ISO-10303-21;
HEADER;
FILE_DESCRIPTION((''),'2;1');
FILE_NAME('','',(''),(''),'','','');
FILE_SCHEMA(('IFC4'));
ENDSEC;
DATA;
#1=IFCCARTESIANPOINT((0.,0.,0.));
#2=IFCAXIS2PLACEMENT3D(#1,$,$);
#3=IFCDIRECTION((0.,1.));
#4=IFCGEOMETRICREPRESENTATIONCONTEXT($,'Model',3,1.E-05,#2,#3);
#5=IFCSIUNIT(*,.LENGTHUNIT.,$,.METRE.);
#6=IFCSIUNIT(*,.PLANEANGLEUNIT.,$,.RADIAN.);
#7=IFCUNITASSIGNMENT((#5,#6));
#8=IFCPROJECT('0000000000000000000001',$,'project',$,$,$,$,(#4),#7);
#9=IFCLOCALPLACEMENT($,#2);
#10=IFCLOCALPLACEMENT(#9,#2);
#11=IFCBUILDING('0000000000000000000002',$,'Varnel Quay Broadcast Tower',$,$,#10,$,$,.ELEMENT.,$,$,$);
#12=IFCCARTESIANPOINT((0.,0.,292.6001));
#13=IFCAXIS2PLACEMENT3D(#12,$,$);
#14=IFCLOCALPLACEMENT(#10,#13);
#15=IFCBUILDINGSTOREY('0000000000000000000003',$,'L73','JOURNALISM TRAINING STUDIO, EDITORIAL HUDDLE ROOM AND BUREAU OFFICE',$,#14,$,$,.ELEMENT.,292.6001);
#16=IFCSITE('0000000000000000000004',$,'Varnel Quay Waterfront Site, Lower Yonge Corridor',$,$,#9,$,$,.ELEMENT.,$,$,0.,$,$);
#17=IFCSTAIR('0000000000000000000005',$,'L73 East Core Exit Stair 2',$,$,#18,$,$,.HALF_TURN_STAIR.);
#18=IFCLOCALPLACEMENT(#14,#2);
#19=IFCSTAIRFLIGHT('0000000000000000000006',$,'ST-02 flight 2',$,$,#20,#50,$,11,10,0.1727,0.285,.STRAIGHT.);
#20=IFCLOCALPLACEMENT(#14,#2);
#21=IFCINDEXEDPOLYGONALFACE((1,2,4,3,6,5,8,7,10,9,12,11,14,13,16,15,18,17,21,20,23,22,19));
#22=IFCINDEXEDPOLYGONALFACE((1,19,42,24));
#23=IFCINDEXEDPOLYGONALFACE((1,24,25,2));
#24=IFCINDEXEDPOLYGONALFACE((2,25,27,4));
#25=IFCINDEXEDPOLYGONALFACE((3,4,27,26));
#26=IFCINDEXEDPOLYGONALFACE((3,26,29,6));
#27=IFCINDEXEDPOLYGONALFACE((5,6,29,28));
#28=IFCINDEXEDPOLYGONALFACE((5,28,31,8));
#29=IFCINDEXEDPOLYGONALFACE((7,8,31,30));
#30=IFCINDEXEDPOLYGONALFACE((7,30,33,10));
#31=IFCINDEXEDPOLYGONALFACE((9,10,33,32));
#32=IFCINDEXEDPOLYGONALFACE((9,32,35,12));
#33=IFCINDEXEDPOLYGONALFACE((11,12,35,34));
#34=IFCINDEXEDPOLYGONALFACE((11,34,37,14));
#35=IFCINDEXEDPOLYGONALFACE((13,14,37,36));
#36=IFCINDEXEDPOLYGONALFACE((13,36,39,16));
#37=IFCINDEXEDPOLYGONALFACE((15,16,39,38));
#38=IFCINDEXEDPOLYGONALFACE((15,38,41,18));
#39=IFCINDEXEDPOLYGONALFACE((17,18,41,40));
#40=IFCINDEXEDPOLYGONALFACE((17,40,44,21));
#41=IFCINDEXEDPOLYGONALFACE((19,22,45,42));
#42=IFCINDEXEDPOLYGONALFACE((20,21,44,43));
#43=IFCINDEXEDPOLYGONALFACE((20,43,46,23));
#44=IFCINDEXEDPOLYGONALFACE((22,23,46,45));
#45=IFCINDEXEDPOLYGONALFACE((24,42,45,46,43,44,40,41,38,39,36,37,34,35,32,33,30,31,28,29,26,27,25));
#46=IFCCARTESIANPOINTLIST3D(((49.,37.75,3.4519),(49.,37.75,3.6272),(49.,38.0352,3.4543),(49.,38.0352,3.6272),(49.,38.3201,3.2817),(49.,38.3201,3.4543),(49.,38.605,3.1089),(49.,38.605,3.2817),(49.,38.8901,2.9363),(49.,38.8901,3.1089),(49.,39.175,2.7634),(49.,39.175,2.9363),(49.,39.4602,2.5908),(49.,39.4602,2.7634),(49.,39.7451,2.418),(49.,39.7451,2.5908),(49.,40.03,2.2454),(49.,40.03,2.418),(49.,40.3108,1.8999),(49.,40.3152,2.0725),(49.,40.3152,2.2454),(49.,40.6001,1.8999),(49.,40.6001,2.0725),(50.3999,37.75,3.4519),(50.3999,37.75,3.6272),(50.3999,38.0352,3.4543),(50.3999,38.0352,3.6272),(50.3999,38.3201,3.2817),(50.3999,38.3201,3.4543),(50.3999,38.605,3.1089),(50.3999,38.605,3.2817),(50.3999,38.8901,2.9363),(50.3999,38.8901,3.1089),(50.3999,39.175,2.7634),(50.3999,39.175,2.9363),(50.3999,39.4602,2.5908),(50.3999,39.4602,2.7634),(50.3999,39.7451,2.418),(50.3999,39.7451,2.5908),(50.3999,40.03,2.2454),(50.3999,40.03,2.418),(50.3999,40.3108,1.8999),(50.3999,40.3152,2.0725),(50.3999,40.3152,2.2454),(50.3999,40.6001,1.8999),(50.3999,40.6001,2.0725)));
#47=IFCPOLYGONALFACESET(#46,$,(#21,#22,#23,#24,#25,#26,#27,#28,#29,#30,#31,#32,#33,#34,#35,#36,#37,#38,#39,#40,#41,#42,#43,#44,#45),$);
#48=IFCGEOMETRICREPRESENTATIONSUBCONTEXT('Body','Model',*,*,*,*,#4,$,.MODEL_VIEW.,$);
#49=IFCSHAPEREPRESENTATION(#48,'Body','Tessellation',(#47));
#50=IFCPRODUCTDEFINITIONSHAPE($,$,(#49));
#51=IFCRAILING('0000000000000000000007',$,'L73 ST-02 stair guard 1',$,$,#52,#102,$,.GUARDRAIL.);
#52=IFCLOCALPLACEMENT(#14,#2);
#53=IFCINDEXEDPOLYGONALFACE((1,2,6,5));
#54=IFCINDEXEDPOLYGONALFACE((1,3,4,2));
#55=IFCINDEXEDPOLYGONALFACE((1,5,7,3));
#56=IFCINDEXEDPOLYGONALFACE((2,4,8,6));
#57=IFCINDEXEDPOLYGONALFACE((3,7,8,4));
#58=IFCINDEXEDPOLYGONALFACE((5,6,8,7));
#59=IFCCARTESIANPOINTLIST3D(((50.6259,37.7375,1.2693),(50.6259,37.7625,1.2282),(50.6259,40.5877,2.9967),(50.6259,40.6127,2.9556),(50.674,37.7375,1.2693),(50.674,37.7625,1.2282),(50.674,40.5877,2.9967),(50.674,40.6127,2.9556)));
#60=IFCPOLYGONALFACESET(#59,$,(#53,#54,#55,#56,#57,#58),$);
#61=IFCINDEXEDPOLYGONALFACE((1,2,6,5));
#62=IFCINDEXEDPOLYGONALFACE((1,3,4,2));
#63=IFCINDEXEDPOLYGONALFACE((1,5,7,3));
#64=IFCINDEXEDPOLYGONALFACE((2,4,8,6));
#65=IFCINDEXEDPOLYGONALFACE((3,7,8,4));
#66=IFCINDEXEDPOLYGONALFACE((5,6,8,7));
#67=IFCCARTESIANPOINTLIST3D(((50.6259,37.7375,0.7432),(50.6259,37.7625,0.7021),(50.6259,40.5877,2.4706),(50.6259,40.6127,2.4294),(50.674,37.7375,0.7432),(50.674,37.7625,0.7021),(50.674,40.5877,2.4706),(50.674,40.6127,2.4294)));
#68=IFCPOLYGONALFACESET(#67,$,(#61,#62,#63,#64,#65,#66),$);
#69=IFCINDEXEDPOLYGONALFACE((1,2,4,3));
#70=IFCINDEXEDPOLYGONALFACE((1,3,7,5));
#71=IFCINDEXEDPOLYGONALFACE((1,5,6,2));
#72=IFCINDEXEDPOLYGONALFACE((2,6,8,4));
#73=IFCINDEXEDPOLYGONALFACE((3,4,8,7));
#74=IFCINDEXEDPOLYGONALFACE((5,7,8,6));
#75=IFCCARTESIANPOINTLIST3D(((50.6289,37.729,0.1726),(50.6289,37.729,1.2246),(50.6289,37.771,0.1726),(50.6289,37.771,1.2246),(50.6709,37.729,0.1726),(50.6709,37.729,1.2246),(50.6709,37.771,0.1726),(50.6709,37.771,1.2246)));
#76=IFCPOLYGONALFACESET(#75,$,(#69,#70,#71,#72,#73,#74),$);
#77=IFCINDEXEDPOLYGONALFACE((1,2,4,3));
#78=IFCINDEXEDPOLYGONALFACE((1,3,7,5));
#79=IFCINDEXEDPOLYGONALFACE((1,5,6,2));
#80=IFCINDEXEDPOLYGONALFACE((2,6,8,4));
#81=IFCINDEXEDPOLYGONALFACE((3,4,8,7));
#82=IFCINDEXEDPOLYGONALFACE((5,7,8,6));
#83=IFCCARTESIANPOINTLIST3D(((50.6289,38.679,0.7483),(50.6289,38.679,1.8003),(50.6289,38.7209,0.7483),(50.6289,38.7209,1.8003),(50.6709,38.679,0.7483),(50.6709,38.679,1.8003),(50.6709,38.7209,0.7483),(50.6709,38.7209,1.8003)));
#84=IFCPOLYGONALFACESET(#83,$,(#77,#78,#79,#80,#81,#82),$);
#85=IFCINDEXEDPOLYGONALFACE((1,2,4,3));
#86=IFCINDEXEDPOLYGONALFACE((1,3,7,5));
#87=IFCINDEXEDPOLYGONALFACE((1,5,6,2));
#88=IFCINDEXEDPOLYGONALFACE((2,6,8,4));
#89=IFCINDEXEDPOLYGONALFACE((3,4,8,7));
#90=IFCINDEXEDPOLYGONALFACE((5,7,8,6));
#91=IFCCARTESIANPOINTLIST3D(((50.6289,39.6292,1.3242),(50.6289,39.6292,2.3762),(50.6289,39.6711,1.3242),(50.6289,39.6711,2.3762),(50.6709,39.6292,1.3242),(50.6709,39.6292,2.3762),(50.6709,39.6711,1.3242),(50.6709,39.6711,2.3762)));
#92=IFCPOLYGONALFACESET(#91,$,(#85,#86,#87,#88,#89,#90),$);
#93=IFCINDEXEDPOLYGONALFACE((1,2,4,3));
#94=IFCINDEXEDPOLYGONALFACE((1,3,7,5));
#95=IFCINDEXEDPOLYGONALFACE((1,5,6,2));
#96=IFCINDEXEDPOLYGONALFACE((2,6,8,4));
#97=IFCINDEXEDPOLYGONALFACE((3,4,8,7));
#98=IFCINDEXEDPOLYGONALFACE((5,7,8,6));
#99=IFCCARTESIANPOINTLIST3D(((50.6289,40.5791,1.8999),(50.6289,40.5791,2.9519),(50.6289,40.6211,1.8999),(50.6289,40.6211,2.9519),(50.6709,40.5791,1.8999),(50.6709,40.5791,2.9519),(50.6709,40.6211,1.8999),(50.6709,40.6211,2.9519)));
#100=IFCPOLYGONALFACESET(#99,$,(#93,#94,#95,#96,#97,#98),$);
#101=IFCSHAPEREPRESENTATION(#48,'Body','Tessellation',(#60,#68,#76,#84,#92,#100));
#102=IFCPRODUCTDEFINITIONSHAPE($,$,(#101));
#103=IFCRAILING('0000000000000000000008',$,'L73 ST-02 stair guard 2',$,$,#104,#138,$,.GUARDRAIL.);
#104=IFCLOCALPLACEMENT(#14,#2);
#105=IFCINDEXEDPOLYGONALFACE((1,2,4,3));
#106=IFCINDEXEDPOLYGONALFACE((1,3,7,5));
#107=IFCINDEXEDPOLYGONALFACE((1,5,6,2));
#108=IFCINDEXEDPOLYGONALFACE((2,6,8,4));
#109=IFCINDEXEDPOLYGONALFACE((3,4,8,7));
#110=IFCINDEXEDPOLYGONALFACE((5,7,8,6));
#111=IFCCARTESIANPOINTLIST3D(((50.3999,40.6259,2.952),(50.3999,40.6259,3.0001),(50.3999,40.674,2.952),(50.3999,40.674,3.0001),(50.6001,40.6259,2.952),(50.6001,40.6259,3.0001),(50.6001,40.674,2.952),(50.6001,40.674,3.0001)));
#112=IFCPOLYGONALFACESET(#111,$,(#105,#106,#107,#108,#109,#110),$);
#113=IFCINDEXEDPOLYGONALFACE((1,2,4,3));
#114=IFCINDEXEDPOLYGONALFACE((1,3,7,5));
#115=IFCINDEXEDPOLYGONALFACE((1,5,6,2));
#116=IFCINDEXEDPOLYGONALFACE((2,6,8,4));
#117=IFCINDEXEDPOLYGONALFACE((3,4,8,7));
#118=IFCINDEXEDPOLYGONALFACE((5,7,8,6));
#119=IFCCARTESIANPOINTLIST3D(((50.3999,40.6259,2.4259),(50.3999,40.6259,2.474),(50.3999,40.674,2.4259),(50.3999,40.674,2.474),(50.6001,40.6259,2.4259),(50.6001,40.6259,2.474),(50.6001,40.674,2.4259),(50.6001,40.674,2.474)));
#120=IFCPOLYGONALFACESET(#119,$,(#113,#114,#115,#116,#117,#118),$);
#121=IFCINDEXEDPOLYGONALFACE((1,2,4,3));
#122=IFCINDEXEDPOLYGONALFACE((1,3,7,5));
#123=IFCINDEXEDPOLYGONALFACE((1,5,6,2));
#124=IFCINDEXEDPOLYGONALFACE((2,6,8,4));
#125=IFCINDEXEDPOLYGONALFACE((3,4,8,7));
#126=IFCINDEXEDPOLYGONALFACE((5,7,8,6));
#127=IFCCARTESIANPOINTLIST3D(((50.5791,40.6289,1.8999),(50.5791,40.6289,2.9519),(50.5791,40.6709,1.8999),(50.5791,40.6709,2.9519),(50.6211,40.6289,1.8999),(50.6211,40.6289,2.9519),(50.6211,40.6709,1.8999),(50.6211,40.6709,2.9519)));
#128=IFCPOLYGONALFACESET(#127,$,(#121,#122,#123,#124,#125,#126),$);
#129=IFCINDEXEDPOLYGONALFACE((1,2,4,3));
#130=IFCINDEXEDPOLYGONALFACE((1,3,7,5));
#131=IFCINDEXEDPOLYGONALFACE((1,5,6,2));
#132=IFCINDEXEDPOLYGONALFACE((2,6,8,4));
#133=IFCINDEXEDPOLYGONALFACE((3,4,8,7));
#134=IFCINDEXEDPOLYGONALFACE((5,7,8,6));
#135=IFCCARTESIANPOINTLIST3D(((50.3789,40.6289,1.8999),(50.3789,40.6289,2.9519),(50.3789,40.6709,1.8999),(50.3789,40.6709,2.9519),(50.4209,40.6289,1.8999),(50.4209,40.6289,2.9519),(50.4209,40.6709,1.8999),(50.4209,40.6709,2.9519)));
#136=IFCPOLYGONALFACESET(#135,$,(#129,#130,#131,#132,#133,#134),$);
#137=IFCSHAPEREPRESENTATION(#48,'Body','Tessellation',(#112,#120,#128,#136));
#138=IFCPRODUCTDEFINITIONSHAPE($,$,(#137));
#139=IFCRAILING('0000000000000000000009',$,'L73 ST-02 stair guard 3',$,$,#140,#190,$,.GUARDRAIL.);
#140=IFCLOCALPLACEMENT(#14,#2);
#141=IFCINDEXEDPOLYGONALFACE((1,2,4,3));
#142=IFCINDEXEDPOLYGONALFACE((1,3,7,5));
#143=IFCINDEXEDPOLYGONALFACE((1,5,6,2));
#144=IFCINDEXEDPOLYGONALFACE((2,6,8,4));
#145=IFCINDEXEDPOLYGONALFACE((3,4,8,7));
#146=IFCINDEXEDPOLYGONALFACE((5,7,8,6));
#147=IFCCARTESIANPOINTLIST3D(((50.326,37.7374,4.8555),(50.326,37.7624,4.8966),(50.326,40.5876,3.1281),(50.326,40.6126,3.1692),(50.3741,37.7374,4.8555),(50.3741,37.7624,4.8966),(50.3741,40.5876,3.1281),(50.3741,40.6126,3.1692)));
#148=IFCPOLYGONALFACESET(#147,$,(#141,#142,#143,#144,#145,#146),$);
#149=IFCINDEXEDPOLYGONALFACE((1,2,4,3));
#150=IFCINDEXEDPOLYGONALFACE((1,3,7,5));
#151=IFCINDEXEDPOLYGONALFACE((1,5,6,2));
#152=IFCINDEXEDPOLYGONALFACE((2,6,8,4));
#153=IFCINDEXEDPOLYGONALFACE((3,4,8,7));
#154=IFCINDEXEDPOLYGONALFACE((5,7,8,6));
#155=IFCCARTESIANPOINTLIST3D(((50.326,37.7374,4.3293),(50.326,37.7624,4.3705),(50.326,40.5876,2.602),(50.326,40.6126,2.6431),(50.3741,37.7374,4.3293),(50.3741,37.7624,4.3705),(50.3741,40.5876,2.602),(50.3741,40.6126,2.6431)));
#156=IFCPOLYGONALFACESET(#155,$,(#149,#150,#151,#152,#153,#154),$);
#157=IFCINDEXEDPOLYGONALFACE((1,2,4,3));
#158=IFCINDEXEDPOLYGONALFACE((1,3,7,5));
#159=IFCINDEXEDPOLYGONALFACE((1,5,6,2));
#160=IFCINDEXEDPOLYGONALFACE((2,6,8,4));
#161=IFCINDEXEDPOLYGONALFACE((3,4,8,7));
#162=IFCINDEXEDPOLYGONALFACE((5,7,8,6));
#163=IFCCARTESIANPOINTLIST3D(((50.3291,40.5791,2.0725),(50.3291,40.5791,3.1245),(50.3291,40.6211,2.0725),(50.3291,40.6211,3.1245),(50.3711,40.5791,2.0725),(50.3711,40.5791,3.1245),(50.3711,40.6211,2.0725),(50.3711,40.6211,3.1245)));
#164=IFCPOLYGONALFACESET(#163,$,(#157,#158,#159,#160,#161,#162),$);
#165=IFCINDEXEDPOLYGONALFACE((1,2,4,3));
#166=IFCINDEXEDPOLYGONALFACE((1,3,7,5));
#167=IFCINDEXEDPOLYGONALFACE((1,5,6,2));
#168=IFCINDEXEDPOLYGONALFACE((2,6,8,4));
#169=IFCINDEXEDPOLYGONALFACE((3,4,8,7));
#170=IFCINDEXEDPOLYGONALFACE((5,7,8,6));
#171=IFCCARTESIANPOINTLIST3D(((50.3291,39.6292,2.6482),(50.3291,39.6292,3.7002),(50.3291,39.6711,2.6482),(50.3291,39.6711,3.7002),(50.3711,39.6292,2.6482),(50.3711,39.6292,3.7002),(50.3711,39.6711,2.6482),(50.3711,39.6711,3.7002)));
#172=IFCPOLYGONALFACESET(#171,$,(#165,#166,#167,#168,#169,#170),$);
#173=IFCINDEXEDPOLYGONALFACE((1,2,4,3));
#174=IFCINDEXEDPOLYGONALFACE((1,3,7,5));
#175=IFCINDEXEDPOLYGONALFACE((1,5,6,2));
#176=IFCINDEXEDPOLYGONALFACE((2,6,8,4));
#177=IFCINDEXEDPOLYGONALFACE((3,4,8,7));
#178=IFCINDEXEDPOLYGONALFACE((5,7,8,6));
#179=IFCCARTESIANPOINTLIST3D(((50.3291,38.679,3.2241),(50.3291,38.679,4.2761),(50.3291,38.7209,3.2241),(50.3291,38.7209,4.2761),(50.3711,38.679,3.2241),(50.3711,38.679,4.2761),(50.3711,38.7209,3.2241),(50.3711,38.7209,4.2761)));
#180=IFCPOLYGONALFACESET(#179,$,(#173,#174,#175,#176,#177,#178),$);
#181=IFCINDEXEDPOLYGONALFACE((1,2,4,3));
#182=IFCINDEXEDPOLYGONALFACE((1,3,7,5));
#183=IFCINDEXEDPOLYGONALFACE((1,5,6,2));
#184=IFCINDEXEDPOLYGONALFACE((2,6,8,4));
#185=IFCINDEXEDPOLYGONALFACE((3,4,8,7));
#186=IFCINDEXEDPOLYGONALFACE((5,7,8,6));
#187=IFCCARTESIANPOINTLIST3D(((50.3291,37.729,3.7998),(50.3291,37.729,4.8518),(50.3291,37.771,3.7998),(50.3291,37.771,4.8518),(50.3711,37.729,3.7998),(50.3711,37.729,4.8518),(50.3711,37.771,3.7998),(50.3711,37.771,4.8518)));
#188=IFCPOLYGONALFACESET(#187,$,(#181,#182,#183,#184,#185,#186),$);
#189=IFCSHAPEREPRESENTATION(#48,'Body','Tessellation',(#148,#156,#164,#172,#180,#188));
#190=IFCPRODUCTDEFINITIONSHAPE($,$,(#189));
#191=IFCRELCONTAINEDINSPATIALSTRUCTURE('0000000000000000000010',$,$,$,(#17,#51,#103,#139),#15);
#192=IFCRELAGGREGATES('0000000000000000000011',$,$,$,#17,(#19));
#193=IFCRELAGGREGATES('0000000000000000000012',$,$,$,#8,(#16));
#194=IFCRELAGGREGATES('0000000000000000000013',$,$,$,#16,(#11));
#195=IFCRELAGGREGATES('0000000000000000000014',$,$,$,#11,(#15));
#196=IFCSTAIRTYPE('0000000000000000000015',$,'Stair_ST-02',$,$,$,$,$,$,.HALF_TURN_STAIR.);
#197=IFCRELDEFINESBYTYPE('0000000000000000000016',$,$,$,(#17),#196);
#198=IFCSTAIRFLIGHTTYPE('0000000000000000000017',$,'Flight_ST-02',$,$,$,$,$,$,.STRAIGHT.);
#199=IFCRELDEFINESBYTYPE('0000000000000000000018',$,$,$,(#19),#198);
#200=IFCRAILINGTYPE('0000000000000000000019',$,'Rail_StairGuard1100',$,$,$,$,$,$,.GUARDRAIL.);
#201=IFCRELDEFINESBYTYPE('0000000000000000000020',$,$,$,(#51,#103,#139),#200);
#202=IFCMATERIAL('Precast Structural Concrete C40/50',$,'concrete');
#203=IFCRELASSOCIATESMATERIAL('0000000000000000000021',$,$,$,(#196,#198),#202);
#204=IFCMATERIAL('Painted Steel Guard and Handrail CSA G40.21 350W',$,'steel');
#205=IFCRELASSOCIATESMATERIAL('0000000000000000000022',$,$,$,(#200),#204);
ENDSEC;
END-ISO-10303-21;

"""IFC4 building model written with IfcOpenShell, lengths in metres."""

from ifc_helpers import new_model, si_unit, direction, frame, origin, origin_2d, place, context, subcontext, project, spatial, polyline, rectangle, outline, extrude, material, type_object, element, aggregate, save


model = new_model("IFC4")

# Units and contexts
model_context = context("Model", 3, precision=1e-05, world=origin(), true_north=direction((0.0, 1.0)))
body_context = subcontext(model_context, "Body", "Model", "MODEL_VIEW")
ifc_project = project(units=[si_unit("LENGTHUNIT", "METRE"), si_unit("PLANEANGLEUNIT", "RADIAN")], contexts=[model_context])

# Site, building, storey
site_placement = place(None, origin())
site = spatial("IfcSite", under=ifc_project, at=site_placement, Name="Varnel Quay Waterfront Site, Lower Yonge Corridor", CompositionType="ELEMENT", RefElevation=0.0)
building_placement = place(site_placement, origin())
building = spatial("IfcBuilding", under=site, at=building_placement, Name="Varnel Quay Broadcast Tower", CompositionType="ELEMENT")
storey_placement = place(building_placement, frame((0.0, 0.0, 292.6001)))
storey = spatial("IfcBuildingStorey", under=building, at=storey_placement, Name="L73", Description="JOURNALISM TRAINING STUDIO, EDITORIAL HUDDLE ROOM AND BUREAU OFFICE", CompositionType="ELEMENT", Elevation=292.6001)

# Stair, stair flight
ifc_material_1 = material(Name="Precast Structural Concrete C40/50", Category="concrete")
stair_type = type_object("IfcStairType", Name="Stair_ST-02", PredefinedType="HALF_TURN_STAIR", material=ifc_material_1)
stair_placement = place(storey_placement, origin())
stair = element("IfcStair", 1, at=stair_placement, inside=storey, type_object=stair_type, Name="L73 East Core Exit Stair 2", PredefinedType="HALF_TURN_STAIR")
stair_flight_type = type_object("IfcStairFlightType", Name="Flight_ST-02", PredefinedType="STRAIGHT", material=ifc_material_1)
stair_flight_1_placement = place(storey_placement, frame((49.7, 40.6001, 1.8999), z_axis=(0.0, 0.0, 1.0), x_axis=(0.0, -1.0, 0.0)))
stair_flight_1 = element("IfcStairFlight", 2, at=stair_flight_1_placement, type_object=stair_flight_type, Name="ST-02 flight 2", NumberOfRisers=11, NumberOfTreads=10, PredefinedType="STRAIGHT", RiserHeight=0.1727, TreadLength=0.285, context=body_context, shape_type="SweptSolid", body=[
    extrude(outline(polyline([(0.0, 0.0), (0.0, 0.1726), (0.2849, 0.1726), (0.2849, 0.3455), (0.5701, 0.3455), (0.5701, 0.5181), (0.855, 0.5181), (0.855, 0.6909), (1.1399, 0.6909), (1.1399, 0.8635), (1.425, 0.8635), (1.425, 1.0364), (1.71, 1.0364), (1.71, 1.209), (1.9951, 1.209), (1.9951, 1.3818), (2.28, 1.3818), (2.28, 1.5544), (2.5649, 1.5544), (2.5649, 1.7273), (2.8501, 1.7273), (2.8501, 1.8999), (2.8501, 1.552), (0.2893, 0.0), (0.0, 0.0)])), frame((0.0, 0.7, 0.0), z_axis=(0.0, -1.0, 0.0), x_axis=(1.0, 0.0, 0.0)), (0.0, 0.0, 1.0), 1.3999),
])
aggregate(stair, [stair_flight_1])

# Railings
ifc_material_2 = material(Name="Painted Steel Guard and Handrail CSA G40.21 350W", Category="steel")
railing_type_1 = type_object("IfcRailingType", Name="Rail_StairGuard1100", PredefinedType="GUARDRAIL", material=ifc_material_2)
railing_1_placement = place(storey_placement, frame((50.6499, 37.75, 0.1726)))
element("IfcRailing", 3, at=railing_1_placement, inside=storey, type_object=railing_type_1, Name="L73 ST-02 stair guard 1", PredefinedType="GUARDRAIL", context=body_context, shape_type="SweptSolid", body=[
    extrude(rectangle(XDim=0.0481, YDim=0.0481, at=origin_2d()), frame((0.0, 0.0, 1.0762), z_axis=(0.0, 0.855203, 0.518294), x_axis=(-1.0, 0.0, 0.0)), (0.0, 0.0, 1.0), 3.3328),
    extrude(rectangle(XDim=0.0481, YDim=0.0481, at=origin_2d()), frame((0.0, 0.0, 0.55), z_axis=(0.0, 0.855203, 0.518294), x_axis=(-1.0, 0.0, 0.0)), (0.0, 0.0, 1.0), 3.3328),
    extrude(rectangle(XDim=0.042, YDim=0.042, at=origin_2d()), origin(), (0.0, 0.0, 1.0), 1.052),
    extrude(rectangle(XDim=0.042, YDim=0.042, at=origin_2d()), frame((0.0, 0.95, 0.5757)), (0.0, 0.0, 1.0), 1.052),
    extrude(rectangle(XDim=0.042, YDim=0.042, at=origin_2d()), frame((0.0, 1.9001, 1.1516)), (0.0, 0.0, 1.0), 1.052),
    extrude(rectangle(XDim=0.042, YDim=0.042, at=origin_2d()), frame((0.0, 2.8501, 1.7273)), (0.0, 0.0, 1.0), 1.052),
])
railing_2_placement = place(storey_placement, frame((50.6001, 40.6499, 1.8999)))
element("IfcRailing", 4, at=railing_2_placement, inside=storey, type_object=railing_type_1, Name="L73 ST-02 stair guard 2", PredefinedType="GUARDRAIL", context=body_context, shape_type="SweptSolid", body=[
    extrude(rectangle(XDim=0.0481, YDim=0.0481, at=origin_2d()), frame((0.0, 0.0, 1.0762), z_axis=(-1.0, 0.0, 0.0), x_axis=(0.0, -1.0, 0.0)), (0.0, 0.0, 1.0), 0.2002),
    extrude(rectangle(XDim=0.0481, YDim=0.0481, at=origin_2d()), frame((0.0, 0.0, 0.55), z_axis=(-1.0, 0.0, 0.0), x_axis=(0.0, -1.0, 0.0)), (0.0, 0.0, 1.0), 0.2002),
    extrude(rectangle(XDim=0.042, YDim=0.042, at=origin_2d()), origin(), (0.0, 0.0, 1.0), 1.052),
    extrude(rectangle(XDim=0.042, YDim=0.042, at=origin_2d()), frame((-0.2002, 0.0, 0.0)), (0.0, 0.0, 1.0), 1.052),
])
railing_3_placement = place(storey_placement, frame((50.3501, 40.6001, 2.0725)))
element("IfcRailing", 5, at=railing_3_placement, inside=storey, type_object=railing_type_1, Name="L73 ST-02 stair guard 3", PredefinedType="GUARDRAIL", context=body_context, shape_type="SweptSolid", body=[
    extrude(rectangle(XDim=0.0481, YDim=0.0481, at=origin_2d()), frame((0.0, 0.0, 1.0762), z_axis=(0.0, -0.855203, 0.518294), x_axis=(1.0, 0.0, 0.0)), (0.0, 0.0, 1.0), 3.3328),
    extrude(rectangle(XDim=0.0481, YDim=0.0481, at=origin_2d()), frame((0.0, 0.0, 0.55), z_axis=(0.0, -0.855203, 0.518294), x_axis=(1.0, 0.0, 0.0)), (0.0, 0.0, 1.0), 3.3328),
    extrude(rectangle(XDim=0.042, YDim=0.042, at=origin_2d()), origin(), (0.0, 0.0, 1.0), 1.052),
    extrude(rectangle(XDim=0.042, YDim=0.042, at=origin_2d()), frame((0.0, -0.95, 0.5757)), (0.0, 0.0, 1.0), 1.052),
    extrude(rectangle(XDim=0.042, YDim=0.042, at=origin_2d()), frame((0.0, -1.9001, 1.1516)), (0.0, 0.0, 1.0), 1.052),
    extrude(rectangle(XDim=0.042, YDim=0.042, at=origin_2d()), frame((0.0, -2.8501, 1.7273)), (0.0, 0.0, 1.0), 1.052),
])

save(model, "model.ifc")
